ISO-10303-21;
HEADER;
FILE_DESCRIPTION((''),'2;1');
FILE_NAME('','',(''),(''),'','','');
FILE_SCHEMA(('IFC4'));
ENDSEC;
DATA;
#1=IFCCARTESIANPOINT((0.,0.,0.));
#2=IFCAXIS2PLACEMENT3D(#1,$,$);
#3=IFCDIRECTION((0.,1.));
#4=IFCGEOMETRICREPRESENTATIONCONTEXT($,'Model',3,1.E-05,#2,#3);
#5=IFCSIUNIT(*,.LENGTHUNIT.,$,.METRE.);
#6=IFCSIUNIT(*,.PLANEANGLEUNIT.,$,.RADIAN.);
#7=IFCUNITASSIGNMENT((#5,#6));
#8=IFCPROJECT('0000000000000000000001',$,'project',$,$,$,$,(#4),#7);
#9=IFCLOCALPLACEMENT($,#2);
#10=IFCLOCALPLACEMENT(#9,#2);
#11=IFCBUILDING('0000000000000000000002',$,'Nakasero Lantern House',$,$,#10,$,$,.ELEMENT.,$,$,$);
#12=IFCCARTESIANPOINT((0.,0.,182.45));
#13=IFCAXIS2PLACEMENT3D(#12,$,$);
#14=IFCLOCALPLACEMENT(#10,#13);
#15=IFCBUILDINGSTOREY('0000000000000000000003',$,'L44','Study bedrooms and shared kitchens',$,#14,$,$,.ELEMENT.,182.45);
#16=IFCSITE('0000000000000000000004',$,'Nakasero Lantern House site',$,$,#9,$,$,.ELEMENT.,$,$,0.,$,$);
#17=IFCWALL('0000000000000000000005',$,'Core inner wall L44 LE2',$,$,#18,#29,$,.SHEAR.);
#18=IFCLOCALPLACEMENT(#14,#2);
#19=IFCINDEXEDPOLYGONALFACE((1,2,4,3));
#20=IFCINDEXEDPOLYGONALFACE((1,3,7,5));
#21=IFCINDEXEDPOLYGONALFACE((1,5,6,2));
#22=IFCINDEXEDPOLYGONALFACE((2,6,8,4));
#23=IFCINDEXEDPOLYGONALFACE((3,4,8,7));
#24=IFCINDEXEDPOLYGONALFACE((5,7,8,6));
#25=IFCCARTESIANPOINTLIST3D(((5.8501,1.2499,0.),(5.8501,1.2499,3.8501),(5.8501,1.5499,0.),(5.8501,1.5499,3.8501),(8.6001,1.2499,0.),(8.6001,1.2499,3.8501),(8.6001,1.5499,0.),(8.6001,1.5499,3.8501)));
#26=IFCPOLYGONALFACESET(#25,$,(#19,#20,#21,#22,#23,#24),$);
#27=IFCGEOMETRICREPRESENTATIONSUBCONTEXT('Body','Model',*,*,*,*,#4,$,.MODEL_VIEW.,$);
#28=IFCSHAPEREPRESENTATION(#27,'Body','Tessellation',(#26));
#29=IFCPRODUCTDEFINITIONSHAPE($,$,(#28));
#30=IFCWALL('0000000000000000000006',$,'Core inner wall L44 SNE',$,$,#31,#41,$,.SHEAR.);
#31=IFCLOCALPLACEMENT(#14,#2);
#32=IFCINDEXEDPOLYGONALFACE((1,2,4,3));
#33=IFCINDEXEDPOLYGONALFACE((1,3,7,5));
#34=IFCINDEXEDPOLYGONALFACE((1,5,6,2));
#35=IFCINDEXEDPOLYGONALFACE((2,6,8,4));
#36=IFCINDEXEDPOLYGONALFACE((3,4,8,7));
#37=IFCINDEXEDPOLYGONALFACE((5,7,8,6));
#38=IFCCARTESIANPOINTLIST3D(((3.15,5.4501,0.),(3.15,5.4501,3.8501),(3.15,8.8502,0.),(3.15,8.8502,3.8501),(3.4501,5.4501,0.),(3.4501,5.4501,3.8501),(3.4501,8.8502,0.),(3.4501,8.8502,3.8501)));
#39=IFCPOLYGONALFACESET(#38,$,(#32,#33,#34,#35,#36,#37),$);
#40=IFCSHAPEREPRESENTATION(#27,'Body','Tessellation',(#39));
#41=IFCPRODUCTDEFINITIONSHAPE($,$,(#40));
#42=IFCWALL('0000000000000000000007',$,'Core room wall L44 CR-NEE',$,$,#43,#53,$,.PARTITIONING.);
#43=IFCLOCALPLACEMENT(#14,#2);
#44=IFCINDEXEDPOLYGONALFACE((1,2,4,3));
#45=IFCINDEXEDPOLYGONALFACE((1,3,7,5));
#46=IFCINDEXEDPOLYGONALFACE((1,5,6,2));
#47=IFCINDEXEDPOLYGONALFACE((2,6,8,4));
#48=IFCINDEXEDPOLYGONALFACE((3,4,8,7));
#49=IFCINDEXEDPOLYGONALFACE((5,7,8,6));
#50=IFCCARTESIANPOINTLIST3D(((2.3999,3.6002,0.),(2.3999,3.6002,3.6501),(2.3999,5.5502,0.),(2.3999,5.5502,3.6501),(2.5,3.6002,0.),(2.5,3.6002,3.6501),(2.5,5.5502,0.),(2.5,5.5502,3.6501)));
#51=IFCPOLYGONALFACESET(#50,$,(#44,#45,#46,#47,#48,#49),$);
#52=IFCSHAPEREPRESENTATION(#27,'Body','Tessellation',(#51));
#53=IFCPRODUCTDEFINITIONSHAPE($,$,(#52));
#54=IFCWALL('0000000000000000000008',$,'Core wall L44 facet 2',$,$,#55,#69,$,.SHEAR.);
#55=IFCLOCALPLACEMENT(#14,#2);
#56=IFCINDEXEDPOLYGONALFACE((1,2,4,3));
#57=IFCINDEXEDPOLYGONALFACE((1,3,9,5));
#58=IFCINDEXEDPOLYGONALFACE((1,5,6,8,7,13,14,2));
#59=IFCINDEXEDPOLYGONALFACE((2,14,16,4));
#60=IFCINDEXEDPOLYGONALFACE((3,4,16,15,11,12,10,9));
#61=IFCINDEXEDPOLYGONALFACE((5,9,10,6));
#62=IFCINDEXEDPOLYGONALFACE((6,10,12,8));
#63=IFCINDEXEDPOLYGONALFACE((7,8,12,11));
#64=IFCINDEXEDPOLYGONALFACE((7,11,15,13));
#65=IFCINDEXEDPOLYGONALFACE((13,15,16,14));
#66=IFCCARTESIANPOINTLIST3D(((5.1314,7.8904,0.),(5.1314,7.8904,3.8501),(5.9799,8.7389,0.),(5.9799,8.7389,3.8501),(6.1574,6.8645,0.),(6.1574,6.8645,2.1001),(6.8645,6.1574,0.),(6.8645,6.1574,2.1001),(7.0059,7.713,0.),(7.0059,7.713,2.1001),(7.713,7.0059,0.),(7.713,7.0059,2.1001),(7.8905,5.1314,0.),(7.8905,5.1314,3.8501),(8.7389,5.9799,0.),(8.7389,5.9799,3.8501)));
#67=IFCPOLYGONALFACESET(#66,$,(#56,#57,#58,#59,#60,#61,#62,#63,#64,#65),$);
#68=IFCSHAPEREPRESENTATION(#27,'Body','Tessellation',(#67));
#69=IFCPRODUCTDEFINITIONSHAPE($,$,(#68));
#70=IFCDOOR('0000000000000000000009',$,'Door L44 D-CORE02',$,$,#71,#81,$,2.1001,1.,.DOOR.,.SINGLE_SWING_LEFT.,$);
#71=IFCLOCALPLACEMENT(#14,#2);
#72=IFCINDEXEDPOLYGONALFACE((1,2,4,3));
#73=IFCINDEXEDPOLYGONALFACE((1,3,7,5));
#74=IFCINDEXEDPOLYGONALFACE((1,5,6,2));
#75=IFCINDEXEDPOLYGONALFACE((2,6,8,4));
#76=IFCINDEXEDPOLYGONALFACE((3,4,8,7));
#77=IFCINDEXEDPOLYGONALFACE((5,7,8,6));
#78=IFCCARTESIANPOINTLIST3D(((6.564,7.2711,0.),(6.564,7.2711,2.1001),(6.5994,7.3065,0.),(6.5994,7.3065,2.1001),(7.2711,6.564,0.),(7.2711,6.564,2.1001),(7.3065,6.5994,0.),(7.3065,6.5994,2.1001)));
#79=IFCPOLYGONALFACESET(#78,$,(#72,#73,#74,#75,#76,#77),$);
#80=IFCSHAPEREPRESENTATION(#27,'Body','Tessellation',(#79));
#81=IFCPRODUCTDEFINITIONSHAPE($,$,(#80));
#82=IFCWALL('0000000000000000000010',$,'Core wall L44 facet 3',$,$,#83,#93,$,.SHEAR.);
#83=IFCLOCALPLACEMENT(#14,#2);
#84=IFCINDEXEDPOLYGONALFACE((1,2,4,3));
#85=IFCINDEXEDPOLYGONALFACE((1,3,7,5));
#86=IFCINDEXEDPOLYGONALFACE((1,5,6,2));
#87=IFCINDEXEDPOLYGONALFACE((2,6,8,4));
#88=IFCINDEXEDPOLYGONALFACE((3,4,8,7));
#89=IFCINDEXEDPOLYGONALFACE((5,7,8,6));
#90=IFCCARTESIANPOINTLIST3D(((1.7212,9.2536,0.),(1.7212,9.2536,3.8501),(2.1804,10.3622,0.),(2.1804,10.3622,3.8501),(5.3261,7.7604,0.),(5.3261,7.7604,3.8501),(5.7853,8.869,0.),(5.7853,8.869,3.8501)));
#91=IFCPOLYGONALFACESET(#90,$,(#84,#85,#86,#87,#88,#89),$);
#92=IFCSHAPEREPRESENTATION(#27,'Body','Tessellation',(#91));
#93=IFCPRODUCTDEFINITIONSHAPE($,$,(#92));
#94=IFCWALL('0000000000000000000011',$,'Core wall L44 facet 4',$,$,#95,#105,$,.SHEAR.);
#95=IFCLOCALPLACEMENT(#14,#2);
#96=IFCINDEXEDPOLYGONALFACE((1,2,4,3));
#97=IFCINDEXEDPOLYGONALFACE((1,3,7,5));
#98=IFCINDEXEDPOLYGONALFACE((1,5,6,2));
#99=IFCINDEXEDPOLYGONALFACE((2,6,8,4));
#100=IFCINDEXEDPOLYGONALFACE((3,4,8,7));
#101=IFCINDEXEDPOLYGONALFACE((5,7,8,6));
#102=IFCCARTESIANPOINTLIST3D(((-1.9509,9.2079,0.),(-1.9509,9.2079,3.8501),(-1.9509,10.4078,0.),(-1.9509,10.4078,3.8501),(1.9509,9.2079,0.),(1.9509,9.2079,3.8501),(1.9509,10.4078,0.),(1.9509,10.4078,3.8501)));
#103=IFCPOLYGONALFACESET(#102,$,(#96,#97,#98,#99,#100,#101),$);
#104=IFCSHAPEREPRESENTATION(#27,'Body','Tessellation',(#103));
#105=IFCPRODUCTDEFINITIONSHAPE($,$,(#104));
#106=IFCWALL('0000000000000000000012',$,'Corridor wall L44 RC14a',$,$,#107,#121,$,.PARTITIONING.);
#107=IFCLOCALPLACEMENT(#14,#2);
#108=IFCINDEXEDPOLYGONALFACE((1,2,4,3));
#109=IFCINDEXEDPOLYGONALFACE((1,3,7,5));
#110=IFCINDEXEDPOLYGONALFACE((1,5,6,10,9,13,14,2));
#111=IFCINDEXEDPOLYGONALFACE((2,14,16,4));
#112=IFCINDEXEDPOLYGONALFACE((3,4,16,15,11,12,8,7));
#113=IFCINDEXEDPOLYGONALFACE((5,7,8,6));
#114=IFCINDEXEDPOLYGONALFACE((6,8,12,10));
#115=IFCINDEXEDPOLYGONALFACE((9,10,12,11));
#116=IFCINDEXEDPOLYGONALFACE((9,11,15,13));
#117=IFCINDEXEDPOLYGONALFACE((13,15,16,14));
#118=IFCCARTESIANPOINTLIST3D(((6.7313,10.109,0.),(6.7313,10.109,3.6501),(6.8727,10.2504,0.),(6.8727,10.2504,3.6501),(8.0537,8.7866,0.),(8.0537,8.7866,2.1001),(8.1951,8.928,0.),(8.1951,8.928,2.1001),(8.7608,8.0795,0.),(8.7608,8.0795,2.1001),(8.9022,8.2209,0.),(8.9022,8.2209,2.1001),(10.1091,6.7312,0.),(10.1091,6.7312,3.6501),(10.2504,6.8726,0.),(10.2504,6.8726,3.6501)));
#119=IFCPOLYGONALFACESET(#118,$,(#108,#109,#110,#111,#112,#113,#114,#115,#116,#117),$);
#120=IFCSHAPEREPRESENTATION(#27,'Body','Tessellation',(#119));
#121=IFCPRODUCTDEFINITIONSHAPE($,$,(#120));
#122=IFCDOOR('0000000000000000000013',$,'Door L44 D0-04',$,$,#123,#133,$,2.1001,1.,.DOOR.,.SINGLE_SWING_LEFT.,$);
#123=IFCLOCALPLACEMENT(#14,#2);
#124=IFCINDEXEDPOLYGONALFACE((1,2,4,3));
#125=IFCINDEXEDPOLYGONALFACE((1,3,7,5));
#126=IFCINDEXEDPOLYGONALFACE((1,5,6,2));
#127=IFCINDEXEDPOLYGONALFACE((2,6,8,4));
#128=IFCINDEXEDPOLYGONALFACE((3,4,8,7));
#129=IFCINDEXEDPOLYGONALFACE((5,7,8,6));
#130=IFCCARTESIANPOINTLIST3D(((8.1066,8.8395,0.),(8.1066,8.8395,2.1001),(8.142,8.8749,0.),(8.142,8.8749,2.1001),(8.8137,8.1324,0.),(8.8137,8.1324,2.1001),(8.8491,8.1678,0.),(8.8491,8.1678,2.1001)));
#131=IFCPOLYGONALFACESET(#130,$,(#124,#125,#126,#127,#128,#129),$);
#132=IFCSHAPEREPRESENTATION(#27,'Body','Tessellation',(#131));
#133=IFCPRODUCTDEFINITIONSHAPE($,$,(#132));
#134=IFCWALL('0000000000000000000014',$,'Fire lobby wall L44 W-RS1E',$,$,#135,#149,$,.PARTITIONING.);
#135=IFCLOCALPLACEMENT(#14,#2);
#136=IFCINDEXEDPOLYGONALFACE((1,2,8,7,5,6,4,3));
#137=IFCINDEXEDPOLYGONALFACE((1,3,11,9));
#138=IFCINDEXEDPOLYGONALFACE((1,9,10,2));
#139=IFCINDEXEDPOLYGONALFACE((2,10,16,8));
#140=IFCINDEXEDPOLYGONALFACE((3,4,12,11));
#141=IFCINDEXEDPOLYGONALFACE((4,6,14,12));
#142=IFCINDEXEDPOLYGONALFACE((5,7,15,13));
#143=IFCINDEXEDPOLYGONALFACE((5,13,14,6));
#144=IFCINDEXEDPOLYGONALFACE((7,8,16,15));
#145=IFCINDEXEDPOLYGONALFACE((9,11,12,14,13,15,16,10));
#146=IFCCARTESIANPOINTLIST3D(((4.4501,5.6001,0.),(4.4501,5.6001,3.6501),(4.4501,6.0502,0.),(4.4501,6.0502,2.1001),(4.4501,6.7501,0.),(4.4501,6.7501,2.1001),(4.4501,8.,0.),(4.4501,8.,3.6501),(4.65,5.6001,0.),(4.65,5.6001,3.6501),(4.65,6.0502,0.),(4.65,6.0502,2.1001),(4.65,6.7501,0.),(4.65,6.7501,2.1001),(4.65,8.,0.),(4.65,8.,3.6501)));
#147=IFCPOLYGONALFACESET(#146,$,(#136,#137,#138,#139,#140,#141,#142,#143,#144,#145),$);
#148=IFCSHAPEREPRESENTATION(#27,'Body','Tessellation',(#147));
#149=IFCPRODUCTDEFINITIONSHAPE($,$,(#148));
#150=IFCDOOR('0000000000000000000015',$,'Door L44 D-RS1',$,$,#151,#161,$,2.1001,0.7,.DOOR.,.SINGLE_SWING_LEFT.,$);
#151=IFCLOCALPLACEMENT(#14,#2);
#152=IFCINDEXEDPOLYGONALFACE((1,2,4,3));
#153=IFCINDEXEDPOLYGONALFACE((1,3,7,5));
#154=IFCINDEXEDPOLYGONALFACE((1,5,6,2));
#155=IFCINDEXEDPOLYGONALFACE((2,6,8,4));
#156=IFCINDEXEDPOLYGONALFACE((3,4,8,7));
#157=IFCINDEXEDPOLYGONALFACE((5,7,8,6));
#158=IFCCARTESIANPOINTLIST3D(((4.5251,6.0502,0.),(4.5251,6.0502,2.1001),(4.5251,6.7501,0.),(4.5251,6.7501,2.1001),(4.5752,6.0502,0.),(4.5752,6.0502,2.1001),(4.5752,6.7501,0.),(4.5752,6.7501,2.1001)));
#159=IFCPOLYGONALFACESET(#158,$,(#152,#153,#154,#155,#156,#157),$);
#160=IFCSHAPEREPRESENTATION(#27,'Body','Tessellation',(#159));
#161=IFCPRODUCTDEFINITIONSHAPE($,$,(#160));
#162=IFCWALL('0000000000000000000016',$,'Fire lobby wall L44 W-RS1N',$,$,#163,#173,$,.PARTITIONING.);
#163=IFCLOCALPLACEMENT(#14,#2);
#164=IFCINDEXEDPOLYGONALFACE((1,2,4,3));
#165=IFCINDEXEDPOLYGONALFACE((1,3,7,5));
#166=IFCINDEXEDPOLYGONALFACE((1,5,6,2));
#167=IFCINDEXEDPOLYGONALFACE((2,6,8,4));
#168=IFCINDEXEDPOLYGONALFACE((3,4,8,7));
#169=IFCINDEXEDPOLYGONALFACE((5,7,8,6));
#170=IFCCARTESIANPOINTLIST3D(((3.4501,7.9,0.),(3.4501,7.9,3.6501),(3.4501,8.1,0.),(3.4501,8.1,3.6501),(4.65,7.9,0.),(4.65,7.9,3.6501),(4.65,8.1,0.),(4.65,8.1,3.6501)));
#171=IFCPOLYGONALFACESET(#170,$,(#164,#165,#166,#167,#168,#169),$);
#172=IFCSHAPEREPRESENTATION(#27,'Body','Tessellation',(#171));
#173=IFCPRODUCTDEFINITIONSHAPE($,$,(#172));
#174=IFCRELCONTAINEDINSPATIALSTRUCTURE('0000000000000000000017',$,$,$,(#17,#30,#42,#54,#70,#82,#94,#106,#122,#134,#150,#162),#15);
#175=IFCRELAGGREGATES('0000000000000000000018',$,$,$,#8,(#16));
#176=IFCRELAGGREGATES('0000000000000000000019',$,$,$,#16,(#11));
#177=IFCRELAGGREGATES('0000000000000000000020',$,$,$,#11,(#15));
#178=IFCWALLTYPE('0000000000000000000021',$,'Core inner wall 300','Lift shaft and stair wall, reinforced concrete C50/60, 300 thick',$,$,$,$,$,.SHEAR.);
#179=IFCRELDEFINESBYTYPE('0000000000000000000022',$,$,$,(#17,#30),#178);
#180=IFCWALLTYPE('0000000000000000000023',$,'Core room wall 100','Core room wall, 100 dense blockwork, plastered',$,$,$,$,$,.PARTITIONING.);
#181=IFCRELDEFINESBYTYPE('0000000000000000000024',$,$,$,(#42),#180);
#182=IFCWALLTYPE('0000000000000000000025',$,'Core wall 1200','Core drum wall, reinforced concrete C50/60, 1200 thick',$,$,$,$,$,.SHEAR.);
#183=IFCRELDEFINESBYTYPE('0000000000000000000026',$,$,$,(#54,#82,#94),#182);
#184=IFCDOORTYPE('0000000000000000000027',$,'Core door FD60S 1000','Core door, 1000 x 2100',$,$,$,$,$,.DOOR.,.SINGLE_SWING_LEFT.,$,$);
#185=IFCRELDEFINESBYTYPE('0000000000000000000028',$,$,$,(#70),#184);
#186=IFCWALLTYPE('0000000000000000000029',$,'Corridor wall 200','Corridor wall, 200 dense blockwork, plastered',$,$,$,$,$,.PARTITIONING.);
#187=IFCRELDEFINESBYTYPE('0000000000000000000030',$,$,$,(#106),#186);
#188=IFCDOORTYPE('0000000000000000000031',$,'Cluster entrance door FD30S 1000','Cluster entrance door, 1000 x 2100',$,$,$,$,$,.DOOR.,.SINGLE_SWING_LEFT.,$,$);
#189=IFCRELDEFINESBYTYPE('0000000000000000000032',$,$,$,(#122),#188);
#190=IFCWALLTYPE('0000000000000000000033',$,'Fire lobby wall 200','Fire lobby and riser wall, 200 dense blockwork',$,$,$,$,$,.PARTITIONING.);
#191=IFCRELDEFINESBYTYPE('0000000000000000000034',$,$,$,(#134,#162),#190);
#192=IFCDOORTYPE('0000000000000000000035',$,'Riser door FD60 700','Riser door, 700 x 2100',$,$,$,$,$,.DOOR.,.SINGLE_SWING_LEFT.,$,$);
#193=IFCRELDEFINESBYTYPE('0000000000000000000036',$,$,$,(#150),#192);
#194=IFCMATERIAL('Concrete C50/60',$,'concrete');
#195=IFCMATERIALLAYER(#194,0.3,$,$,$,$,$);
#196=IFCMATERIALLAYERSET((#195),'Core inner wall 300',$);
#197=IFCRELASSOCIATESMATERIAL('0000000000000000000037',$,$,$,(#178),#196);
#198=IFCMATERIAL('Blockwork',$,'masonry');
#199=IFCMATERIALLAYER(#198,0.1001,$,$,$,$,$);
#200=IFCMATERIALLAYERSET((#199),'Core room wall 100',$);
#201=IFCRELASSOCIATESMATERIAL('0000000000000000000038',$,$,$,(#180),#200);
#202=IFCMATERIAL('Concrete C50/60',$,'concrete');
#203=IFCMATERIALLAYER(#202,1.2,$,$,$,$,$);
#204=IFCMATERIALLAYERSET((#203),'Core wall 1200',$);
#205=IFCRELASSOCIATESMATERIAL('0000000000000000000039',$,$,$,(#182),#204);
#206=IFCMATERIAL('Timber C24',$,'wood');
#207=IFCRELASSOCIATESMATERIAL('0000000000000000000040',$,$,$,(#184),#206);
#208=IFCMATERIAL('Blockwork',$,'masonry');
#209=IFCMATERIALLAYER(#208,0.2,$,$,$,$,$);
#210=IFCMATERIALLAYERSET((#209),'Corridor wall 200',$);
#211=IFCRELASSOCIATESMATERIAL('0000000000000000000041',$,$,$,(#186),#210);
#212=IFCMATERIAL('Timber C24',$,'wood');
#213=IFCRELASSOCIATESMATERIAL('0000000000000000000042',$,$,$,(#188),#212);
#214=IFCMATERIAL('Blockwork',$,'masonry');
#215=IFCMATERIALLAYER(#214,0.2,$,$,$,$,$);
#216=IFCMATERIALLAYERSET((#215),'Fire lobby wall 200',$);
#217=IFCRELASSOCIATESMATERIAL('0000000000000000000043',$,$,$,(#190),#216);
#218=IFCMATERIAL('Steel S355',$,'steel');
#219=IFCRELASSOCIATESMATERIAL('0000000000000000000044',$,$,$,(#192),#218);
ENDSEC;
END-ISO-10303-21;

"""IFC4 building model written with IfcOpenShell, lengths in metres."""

from ifc_helpers import new_model, si_unit, direction, frame, frame_2d, origin, place, context, subcontext, project, spatial, rectangle, extrude, material, layer, layer_set, type_object, element, fill, save


model = new_model("IFC4")

# Units and contexts
model_context = context("Model", 3, precision=1e-05, world=origin(), true_north=direction((0.0, 1.0)))
body_context = subcontext(model_context, "Body", "Model", "MODEL_VIEW")
ifc_project = project(units=[si_unit("LENGTHUNIT", "METRE"), si_unit("PLANEANGLEUNIT", "RADIAN")], contexts=[model_context])

# Site, building, storey
site_placement = place(None, origin())
site = spatial("IfcSite", under=ifc_project, at=site_placement, Name="Nakasero Lantern House site", CompositionType="ELEMENT", RefElevation=0.0)
building_placement = place(site_placement, origin())
building = spatial("IfcBuilding", under=site, at=building_placement, Name="Nakasero Lantern House", CompositionType="ELEMENT")
storey_placement = place(building_placement, frame((0.0, 0.0, 182.45)))
storey = spatial("IfcBuildingStorey", under=building, at=storey_placement, Name="L44", Description="Study bedrooms and shared kitchens", CompositionType="ELEMENT", Elevation=182.45)

# Walls
ifc_material_1 = material(Name="Concrete C50/60", Category="concrete")
ifc_layer_1 = layer(ifc_material_1, 0.3)
ifc_layer_set_1 = layer_set([ifc_layer_1], Name="Core inner wall 300")
wall_type_1 = type_object("IfcWallType", Name="Core inner wall 300", Description="Lift shaft and stair wall, reinforced concrete C50/60, 300 thick", PredefinedType="SHEAR", material=ifc_layer_set_1)
wall_1_placement = place(storey_placement, frame((5.8501, 1.3999, 0.0), z_axis=(0.0, 0.0, 1.0), x_axis=(1.0, 0.0, 0.0)))
element("IfcWall", 1, at=wall_1_placement, inside=storey, type_object=wall_type_1, Name="Core inner wall L44 LE2", PredefinedType="SHEAR", context=body_context, shape_type="SweptSolid", body=[
    extrude(rectangle(XDim=2.75, YDim=0.3, at=frame_2d((1.375, 0.0))), origin(), (0.0, 0.0, 1.0), 3.8501),
])
wall_2_placement = place(storey_placement, frame((3.3, 5.45, 0.0), z_axis=(0.0, 0.0, 1.0), x_axis=(0.0, 1.0, 0.0)))
element("IfcWall", 2, at=wall_2_placement, inside=storey, type_object=wall_type_1, Name="Core inner wall L44 SNE", PredefinedType="SHEAR", context=body_context, shape_type="SweptSolid", body=[
    extrude(rectangle(XDim=3.4001, YDim=0.3, at=frame_2d((1.7002, 0.0))), origin(), (0.0, 0.0, 1.0), 3.8501),
])
ifc_material_2 = material(Name="Blockwork", Category="masonry")
ifc_layer_2 = layer(ifc_material_2, 0.1001)
ifc_layer_set_2 = layer_set([ifc_layer_2], Name="Core room wall 100")
wall_type_2 = type_object("IfcWallType", Name="Core room wall 100", Description="Core room wall, 100 dense blockwork, plastered", PredefinedType="PARTITIONING", material=ifc_layer_set_2)
wall_3_placement = place(storey_placement, frame((2.45, 3.6001, 0.0), z_axis=(0.0, 0.0, 1.0), x_axis=(0.0, 1.0, 0.0)))
element("IfcWall", 3, at=wall_3_placement, inside=storey, type_object=wall_type_2, Name="Core room wall L44 CR-NEE", PredefinedType="PARTITIONING", context=body_context, shape_type="SweptSolid", body=[
    extrude(rectangle(XDim=1.95, YDim=0.1001, at=frame_2d((0.9751, 0.0))), origin(), (0.0, 0.0, 1.0), 3.6501),
])

# Wall, opening, door
ifc_material_3 = material(Name="Concrete C50/60", Category="concrete")
ifc_layer_3 = layer(ifc_material_3, 1.2)
ifc_layer_set_3 = layer_set([ifc_layer_3], Name="Core wall 1200")
wall_type_3 = type_object("IfcWallType", Name="Core wall 1200", Description="Core drum wall, reinforced concrete C50/60, 1200 thick", PredefinedType="SHEAR", material=ifc_layer_set_3)
wall_4_placement = place(storey_placement, frame((8.3147, 5.5557, 0.0), z_axis=(0.0, 0.0, 1.0), x_axis=(-0.707107, 0.707107, 0.0)))
wall_4 = element("IfcWall", 4, at=wall_4_placement, inside=storey, type_object=wall_type_3, Name="Core wall L44 facet 2", PredefinedType="SHEAR", context=body_context, shape_type="SweptSolid", body=[
    extrude(rectangle(XDim=3.9019, YDim=1.2, at=frame_2d((1.9509, 0.0))), origin(), (0.0, 0.0, 1.0), 3.8501),
])
opening_1_placement = place(wall_4_placement, frame((1.4509, 0.0, 0.0)))
opening_1 = element("IfcOpeningElement", 5, at=opening_1_placement, cuts=wall_4, PredefinedType="OPENING", context=body_context, shape_type="SweptSolid", body=[
    extrude(rectangle(XDim=1.0, YDim=2.1001, at=frame_2d((0.5, 1.05))), frame((0.0, 0.6199, 0.0), z_axis=(0.0, -1.0, 0.0), x_axis=(1.0, 0.0, 0.0)), (0.0, 0.0, 1.0), 1.24),
])
ifc_material_4 = material(Name="Timber C24", Category="wood")
door_type_1 = type_object("IfcDoorType", Name="Core door FD60S 1000", Description="Core door, 1000 x 2100", OperationType="SINGLE_SWING_LEFT", PredefinedType="DOOR", material=ifc_material_4)
door_1_placement = place(opening_1_placement, origin())
door_1 = element("IfcDoor", 6, at=door_1_placement, inside=storey, type_object=door_type_1, Name="Door L44 D-CORE02", OperationType="SINGLE_SWING_LEFT", OverallHeight=2.1001, OverallWidth=1.0, PredefinedType="DOOR", context=body_context, shape_type="SweptSolid", body=[
    extrude(rectangle(XDim=1.0, YDim=2.1001, at=frame_2d((0.5, 1.05))), frame((0.0, 0.0249, 0.0), z_axis=(0.0, -1.0, 0.0), x_axis=(1.0, 0.0, 0.0)), (0.0, 0.0, 1.0), 0.05),
])
fill(opening_1, door_1)

# Walls
for number, where, z_axis, x_axis, name in (
    (7, (5.5557, 8.3147, 0.0), (0.0, 0.0, 1.0), (-0.923877, 0.382691, 0.0), "Core wall L44 facet 3"),
    (8, (1.9509, 9.8079, 0.0), (0.0, 0.0, 1.0), (-1.0, 0.0, 0.0), "Core wall L44 facet 4"),
):
    element("IfcWall", number, at=place(storey_placement, frame(where, z_axis=z_axis, x_axis=x_axis)), inside=storey, type_object=wall_type_3, Name=name, PredefinedType="SHEAR", context=body_context, shape_type="SweptSolid", body=[
        extrude(rectangle(XDim=3.9019, YDim=1.2, at=frame_2d((1.9509, 0.0))), origin(), (0.0, 0.0, 1.0), 3.8501),
    ])

# Walls, openings, doors
ifc_material_5 = material(Name="Blockwork", Category="masonry")
ifc_layer_4 = layer(ifc_material_5, 0.2)
ifc_layer_set_4 = layer_set([ifc_layer_4], Name="Corridor wall 200")
wall_type_4 = type_object("IfcWallType", Name="Corridor wall 200", Description="Corridor wall, 200 dense blockwork, plastered", PredefinedType="PARTITIONING", material=ifc_layer_set_4)
wall_5_placement = place(storey_placement, frame((6.802, 10.1797, 0.0), z_axis=(0.0, 0.0, 1.0), x_axis=(0.707107, -0.707107, 0.0)))
wall_5 = element("IfcWall", 9, at=wall_5_placement, inside=storey, type_object=wall_type_4, Name="Corridor wall L44 RC14a", PredefinedType="PARTITIONING", context=body_context, shape_type="SweptSolid", body=[
    extrude(rectangle(XDim=4.7769, YDim=0.2, at=frame_2d((2.3884, 0.0))), origin(), (0.0, 0.0, 1.0), 3.6501),
])
opening_2_placement = place(wall_5_placement, frame((1.8701, 0.0, 0.0)))
opening_2 = element("IfcOpeningElement", 10, at=opening_2_placement, cuts=wall_5, PredefinedType="OPENING", context=body_context, shape_type="SweptSolid", body=[
    extrude(rectangle(XDim=1.0, YDim=2.1001, at=frame_2d((0.5, 1.05))), frame((0.0, 0.1199, 0.0), z_axis=(0.0, -1.0, 0.0), x_axis=(1.0, 0.0, 0.0)), (0.0, 0.0, 1.0), 0.24),
])
ifc_material_6 = material(Name="Timber C24", Category="wood")
door_type_2 = type_object("IfcDoorType", Name="Cluster entrance door FD30S 1000", Description="Cluster entrance door, 1000 x 2100", OperationType="SINGLE_SWING_LEFT", PredefinedType="DOOR", material=ifc_material_6)
door_2_placement = place(opening_2_placement, origin())
door_2 = element("IfcDoor", 11, at=door_2_placement, inside=storey, type_object=door_type_2, Name="Door L44 D0-04", OperationType="SINGLE_SWING_LEFT", OverallHeight=2.1001, OverallWidth=1.0, PredefinedType="DOOR", context=body_context, shape_type="SweptSolid", body=[
    extrude(rectangle(XDim=1.0, YDim=2.1001, at=frame_2d((0.5, 1.05))), frame((0.0, 0.0249, 0.0), z_axis=(0.0, -1.0, 0.0), x_axis=(1.0, 0.0, 0.0)), (0.0, 0.0, 1.0), 0.05),
])
fill(opening_2, door_2)
ifc_material_7 = material(Name="Blockwork", Category="masonry")
ifc_layer_5 = layer(ifc_material_7, 0.2)
ifc_layer_set_5 = layer_set([ifc_layer_5], Name="Fire lobby wall 200")
wall_type_5 = type_object("IfcWallType", Name="Fire lobby wall 200", Description="Fire lobby and riser wall, 200 dense blockwork", PredefinedType="PARTITIONING", material=ifc_layer_set_5)
wall_6_placement = place(storey_placement, frame((4.55, 5.6001, 0.0), z_axis=(0.0, 0.0, 1.0), x_axis=(0.0, 1.0, 0.0)))
wall_6 = element("IfcWall", 12, at=wall_6_placement, inside=storey, type_object=wall_type_5, Name="Fire lobby wall L44 W-RS1E", PredefinedType="PARTITIONING", context=body_context, shape_type="SweptSolid", body=[
    extrude(rectangle(XDim=2.3999, YDim=0.2, at=frame_2d((1.2, 0.0))), origin(), (0.0, 0.0, 1.0), 3.6501),
])
opening_3_placement = place(wall_6_placement, frame((0.45, 0.0, 0.0)))
opening_3 = element("IfcOpeningElement", 13, at=opening_3_placement, cuts=wall_6, PredefinedType="OPENING", context=body_context, shape_type="SweptSolid", body=[
    extrude(rectangle(XDim=0.7, YDim=2.1001, at=frame_2d((0.3501, 1.05))), frame((0.0, 0.1199, 0.0), z_axis=(0.0, -1.0, 0.0), x_axis=(1.0, 0.0, 0.0)), (0.0, 0.0, 1.0), 0.24),
])
ifc_material_8 = material(Name="Steel S355", Category="steel")
door_type_3 = type_object("IfcDoorType", Name="Riser door FD60 700", Description="Riser door, 700 x 2100", OperationType="SINGLE_SWING_LEFT", PredefinedType="DOOR", material=ifc_material_8)
door_3_placement = place(opening_3_placement, origin())
door_3 = element("IfcDoor", 14, at=door_3_placement, inside=storey, type_object=door_type_3, Name="Door L44 D-RS1", OperationType="SINGLE_SWING_LEFT", OverallHeight=2.1001, OverallWidth=0.7, PredefinedType="DOOR", context=body_context, shape_type="SweptSolid", body=[
    extrude(rectangle(XDim=0.7, YDim=2.1001, at=frame_2d((0.3501, 1.05))), frame((0.0, 0.0249, 0.0), z_axis=(0.0, -1.0, 0.0), x_axis=(1.0, 0.0, 0.0)), (0.0, 0.0, 1.0), 0.05),
])
fill(opening_3, door_3)

# Wall
for number, where, z_axis, x_axis, name in (
    (15, (3.45, 8.0, 0.0), (0.0, 0.0, 1.0), (1.0, 0.0, 0.0), "Fire lobby wall L44 W-RS1N"),
):
    element("IfcWall", number, at=place(storey_placement, frame(where, z_axis=z_axis, x_axis=x_axis)), inside=storey, type_object=wall_type_5, Name=name, PredefinedType="PARTITIONING", context=body_context, shape_type="SweptSolid", body=[
        extrude(rectangle(XDim=1.2, YDim=0.2, at=frame_2d((0.6001, 0.0))), origin(), (0.0, 0.0, 1.0), 3.6501),
    ])

save(model, "model.ifc")
